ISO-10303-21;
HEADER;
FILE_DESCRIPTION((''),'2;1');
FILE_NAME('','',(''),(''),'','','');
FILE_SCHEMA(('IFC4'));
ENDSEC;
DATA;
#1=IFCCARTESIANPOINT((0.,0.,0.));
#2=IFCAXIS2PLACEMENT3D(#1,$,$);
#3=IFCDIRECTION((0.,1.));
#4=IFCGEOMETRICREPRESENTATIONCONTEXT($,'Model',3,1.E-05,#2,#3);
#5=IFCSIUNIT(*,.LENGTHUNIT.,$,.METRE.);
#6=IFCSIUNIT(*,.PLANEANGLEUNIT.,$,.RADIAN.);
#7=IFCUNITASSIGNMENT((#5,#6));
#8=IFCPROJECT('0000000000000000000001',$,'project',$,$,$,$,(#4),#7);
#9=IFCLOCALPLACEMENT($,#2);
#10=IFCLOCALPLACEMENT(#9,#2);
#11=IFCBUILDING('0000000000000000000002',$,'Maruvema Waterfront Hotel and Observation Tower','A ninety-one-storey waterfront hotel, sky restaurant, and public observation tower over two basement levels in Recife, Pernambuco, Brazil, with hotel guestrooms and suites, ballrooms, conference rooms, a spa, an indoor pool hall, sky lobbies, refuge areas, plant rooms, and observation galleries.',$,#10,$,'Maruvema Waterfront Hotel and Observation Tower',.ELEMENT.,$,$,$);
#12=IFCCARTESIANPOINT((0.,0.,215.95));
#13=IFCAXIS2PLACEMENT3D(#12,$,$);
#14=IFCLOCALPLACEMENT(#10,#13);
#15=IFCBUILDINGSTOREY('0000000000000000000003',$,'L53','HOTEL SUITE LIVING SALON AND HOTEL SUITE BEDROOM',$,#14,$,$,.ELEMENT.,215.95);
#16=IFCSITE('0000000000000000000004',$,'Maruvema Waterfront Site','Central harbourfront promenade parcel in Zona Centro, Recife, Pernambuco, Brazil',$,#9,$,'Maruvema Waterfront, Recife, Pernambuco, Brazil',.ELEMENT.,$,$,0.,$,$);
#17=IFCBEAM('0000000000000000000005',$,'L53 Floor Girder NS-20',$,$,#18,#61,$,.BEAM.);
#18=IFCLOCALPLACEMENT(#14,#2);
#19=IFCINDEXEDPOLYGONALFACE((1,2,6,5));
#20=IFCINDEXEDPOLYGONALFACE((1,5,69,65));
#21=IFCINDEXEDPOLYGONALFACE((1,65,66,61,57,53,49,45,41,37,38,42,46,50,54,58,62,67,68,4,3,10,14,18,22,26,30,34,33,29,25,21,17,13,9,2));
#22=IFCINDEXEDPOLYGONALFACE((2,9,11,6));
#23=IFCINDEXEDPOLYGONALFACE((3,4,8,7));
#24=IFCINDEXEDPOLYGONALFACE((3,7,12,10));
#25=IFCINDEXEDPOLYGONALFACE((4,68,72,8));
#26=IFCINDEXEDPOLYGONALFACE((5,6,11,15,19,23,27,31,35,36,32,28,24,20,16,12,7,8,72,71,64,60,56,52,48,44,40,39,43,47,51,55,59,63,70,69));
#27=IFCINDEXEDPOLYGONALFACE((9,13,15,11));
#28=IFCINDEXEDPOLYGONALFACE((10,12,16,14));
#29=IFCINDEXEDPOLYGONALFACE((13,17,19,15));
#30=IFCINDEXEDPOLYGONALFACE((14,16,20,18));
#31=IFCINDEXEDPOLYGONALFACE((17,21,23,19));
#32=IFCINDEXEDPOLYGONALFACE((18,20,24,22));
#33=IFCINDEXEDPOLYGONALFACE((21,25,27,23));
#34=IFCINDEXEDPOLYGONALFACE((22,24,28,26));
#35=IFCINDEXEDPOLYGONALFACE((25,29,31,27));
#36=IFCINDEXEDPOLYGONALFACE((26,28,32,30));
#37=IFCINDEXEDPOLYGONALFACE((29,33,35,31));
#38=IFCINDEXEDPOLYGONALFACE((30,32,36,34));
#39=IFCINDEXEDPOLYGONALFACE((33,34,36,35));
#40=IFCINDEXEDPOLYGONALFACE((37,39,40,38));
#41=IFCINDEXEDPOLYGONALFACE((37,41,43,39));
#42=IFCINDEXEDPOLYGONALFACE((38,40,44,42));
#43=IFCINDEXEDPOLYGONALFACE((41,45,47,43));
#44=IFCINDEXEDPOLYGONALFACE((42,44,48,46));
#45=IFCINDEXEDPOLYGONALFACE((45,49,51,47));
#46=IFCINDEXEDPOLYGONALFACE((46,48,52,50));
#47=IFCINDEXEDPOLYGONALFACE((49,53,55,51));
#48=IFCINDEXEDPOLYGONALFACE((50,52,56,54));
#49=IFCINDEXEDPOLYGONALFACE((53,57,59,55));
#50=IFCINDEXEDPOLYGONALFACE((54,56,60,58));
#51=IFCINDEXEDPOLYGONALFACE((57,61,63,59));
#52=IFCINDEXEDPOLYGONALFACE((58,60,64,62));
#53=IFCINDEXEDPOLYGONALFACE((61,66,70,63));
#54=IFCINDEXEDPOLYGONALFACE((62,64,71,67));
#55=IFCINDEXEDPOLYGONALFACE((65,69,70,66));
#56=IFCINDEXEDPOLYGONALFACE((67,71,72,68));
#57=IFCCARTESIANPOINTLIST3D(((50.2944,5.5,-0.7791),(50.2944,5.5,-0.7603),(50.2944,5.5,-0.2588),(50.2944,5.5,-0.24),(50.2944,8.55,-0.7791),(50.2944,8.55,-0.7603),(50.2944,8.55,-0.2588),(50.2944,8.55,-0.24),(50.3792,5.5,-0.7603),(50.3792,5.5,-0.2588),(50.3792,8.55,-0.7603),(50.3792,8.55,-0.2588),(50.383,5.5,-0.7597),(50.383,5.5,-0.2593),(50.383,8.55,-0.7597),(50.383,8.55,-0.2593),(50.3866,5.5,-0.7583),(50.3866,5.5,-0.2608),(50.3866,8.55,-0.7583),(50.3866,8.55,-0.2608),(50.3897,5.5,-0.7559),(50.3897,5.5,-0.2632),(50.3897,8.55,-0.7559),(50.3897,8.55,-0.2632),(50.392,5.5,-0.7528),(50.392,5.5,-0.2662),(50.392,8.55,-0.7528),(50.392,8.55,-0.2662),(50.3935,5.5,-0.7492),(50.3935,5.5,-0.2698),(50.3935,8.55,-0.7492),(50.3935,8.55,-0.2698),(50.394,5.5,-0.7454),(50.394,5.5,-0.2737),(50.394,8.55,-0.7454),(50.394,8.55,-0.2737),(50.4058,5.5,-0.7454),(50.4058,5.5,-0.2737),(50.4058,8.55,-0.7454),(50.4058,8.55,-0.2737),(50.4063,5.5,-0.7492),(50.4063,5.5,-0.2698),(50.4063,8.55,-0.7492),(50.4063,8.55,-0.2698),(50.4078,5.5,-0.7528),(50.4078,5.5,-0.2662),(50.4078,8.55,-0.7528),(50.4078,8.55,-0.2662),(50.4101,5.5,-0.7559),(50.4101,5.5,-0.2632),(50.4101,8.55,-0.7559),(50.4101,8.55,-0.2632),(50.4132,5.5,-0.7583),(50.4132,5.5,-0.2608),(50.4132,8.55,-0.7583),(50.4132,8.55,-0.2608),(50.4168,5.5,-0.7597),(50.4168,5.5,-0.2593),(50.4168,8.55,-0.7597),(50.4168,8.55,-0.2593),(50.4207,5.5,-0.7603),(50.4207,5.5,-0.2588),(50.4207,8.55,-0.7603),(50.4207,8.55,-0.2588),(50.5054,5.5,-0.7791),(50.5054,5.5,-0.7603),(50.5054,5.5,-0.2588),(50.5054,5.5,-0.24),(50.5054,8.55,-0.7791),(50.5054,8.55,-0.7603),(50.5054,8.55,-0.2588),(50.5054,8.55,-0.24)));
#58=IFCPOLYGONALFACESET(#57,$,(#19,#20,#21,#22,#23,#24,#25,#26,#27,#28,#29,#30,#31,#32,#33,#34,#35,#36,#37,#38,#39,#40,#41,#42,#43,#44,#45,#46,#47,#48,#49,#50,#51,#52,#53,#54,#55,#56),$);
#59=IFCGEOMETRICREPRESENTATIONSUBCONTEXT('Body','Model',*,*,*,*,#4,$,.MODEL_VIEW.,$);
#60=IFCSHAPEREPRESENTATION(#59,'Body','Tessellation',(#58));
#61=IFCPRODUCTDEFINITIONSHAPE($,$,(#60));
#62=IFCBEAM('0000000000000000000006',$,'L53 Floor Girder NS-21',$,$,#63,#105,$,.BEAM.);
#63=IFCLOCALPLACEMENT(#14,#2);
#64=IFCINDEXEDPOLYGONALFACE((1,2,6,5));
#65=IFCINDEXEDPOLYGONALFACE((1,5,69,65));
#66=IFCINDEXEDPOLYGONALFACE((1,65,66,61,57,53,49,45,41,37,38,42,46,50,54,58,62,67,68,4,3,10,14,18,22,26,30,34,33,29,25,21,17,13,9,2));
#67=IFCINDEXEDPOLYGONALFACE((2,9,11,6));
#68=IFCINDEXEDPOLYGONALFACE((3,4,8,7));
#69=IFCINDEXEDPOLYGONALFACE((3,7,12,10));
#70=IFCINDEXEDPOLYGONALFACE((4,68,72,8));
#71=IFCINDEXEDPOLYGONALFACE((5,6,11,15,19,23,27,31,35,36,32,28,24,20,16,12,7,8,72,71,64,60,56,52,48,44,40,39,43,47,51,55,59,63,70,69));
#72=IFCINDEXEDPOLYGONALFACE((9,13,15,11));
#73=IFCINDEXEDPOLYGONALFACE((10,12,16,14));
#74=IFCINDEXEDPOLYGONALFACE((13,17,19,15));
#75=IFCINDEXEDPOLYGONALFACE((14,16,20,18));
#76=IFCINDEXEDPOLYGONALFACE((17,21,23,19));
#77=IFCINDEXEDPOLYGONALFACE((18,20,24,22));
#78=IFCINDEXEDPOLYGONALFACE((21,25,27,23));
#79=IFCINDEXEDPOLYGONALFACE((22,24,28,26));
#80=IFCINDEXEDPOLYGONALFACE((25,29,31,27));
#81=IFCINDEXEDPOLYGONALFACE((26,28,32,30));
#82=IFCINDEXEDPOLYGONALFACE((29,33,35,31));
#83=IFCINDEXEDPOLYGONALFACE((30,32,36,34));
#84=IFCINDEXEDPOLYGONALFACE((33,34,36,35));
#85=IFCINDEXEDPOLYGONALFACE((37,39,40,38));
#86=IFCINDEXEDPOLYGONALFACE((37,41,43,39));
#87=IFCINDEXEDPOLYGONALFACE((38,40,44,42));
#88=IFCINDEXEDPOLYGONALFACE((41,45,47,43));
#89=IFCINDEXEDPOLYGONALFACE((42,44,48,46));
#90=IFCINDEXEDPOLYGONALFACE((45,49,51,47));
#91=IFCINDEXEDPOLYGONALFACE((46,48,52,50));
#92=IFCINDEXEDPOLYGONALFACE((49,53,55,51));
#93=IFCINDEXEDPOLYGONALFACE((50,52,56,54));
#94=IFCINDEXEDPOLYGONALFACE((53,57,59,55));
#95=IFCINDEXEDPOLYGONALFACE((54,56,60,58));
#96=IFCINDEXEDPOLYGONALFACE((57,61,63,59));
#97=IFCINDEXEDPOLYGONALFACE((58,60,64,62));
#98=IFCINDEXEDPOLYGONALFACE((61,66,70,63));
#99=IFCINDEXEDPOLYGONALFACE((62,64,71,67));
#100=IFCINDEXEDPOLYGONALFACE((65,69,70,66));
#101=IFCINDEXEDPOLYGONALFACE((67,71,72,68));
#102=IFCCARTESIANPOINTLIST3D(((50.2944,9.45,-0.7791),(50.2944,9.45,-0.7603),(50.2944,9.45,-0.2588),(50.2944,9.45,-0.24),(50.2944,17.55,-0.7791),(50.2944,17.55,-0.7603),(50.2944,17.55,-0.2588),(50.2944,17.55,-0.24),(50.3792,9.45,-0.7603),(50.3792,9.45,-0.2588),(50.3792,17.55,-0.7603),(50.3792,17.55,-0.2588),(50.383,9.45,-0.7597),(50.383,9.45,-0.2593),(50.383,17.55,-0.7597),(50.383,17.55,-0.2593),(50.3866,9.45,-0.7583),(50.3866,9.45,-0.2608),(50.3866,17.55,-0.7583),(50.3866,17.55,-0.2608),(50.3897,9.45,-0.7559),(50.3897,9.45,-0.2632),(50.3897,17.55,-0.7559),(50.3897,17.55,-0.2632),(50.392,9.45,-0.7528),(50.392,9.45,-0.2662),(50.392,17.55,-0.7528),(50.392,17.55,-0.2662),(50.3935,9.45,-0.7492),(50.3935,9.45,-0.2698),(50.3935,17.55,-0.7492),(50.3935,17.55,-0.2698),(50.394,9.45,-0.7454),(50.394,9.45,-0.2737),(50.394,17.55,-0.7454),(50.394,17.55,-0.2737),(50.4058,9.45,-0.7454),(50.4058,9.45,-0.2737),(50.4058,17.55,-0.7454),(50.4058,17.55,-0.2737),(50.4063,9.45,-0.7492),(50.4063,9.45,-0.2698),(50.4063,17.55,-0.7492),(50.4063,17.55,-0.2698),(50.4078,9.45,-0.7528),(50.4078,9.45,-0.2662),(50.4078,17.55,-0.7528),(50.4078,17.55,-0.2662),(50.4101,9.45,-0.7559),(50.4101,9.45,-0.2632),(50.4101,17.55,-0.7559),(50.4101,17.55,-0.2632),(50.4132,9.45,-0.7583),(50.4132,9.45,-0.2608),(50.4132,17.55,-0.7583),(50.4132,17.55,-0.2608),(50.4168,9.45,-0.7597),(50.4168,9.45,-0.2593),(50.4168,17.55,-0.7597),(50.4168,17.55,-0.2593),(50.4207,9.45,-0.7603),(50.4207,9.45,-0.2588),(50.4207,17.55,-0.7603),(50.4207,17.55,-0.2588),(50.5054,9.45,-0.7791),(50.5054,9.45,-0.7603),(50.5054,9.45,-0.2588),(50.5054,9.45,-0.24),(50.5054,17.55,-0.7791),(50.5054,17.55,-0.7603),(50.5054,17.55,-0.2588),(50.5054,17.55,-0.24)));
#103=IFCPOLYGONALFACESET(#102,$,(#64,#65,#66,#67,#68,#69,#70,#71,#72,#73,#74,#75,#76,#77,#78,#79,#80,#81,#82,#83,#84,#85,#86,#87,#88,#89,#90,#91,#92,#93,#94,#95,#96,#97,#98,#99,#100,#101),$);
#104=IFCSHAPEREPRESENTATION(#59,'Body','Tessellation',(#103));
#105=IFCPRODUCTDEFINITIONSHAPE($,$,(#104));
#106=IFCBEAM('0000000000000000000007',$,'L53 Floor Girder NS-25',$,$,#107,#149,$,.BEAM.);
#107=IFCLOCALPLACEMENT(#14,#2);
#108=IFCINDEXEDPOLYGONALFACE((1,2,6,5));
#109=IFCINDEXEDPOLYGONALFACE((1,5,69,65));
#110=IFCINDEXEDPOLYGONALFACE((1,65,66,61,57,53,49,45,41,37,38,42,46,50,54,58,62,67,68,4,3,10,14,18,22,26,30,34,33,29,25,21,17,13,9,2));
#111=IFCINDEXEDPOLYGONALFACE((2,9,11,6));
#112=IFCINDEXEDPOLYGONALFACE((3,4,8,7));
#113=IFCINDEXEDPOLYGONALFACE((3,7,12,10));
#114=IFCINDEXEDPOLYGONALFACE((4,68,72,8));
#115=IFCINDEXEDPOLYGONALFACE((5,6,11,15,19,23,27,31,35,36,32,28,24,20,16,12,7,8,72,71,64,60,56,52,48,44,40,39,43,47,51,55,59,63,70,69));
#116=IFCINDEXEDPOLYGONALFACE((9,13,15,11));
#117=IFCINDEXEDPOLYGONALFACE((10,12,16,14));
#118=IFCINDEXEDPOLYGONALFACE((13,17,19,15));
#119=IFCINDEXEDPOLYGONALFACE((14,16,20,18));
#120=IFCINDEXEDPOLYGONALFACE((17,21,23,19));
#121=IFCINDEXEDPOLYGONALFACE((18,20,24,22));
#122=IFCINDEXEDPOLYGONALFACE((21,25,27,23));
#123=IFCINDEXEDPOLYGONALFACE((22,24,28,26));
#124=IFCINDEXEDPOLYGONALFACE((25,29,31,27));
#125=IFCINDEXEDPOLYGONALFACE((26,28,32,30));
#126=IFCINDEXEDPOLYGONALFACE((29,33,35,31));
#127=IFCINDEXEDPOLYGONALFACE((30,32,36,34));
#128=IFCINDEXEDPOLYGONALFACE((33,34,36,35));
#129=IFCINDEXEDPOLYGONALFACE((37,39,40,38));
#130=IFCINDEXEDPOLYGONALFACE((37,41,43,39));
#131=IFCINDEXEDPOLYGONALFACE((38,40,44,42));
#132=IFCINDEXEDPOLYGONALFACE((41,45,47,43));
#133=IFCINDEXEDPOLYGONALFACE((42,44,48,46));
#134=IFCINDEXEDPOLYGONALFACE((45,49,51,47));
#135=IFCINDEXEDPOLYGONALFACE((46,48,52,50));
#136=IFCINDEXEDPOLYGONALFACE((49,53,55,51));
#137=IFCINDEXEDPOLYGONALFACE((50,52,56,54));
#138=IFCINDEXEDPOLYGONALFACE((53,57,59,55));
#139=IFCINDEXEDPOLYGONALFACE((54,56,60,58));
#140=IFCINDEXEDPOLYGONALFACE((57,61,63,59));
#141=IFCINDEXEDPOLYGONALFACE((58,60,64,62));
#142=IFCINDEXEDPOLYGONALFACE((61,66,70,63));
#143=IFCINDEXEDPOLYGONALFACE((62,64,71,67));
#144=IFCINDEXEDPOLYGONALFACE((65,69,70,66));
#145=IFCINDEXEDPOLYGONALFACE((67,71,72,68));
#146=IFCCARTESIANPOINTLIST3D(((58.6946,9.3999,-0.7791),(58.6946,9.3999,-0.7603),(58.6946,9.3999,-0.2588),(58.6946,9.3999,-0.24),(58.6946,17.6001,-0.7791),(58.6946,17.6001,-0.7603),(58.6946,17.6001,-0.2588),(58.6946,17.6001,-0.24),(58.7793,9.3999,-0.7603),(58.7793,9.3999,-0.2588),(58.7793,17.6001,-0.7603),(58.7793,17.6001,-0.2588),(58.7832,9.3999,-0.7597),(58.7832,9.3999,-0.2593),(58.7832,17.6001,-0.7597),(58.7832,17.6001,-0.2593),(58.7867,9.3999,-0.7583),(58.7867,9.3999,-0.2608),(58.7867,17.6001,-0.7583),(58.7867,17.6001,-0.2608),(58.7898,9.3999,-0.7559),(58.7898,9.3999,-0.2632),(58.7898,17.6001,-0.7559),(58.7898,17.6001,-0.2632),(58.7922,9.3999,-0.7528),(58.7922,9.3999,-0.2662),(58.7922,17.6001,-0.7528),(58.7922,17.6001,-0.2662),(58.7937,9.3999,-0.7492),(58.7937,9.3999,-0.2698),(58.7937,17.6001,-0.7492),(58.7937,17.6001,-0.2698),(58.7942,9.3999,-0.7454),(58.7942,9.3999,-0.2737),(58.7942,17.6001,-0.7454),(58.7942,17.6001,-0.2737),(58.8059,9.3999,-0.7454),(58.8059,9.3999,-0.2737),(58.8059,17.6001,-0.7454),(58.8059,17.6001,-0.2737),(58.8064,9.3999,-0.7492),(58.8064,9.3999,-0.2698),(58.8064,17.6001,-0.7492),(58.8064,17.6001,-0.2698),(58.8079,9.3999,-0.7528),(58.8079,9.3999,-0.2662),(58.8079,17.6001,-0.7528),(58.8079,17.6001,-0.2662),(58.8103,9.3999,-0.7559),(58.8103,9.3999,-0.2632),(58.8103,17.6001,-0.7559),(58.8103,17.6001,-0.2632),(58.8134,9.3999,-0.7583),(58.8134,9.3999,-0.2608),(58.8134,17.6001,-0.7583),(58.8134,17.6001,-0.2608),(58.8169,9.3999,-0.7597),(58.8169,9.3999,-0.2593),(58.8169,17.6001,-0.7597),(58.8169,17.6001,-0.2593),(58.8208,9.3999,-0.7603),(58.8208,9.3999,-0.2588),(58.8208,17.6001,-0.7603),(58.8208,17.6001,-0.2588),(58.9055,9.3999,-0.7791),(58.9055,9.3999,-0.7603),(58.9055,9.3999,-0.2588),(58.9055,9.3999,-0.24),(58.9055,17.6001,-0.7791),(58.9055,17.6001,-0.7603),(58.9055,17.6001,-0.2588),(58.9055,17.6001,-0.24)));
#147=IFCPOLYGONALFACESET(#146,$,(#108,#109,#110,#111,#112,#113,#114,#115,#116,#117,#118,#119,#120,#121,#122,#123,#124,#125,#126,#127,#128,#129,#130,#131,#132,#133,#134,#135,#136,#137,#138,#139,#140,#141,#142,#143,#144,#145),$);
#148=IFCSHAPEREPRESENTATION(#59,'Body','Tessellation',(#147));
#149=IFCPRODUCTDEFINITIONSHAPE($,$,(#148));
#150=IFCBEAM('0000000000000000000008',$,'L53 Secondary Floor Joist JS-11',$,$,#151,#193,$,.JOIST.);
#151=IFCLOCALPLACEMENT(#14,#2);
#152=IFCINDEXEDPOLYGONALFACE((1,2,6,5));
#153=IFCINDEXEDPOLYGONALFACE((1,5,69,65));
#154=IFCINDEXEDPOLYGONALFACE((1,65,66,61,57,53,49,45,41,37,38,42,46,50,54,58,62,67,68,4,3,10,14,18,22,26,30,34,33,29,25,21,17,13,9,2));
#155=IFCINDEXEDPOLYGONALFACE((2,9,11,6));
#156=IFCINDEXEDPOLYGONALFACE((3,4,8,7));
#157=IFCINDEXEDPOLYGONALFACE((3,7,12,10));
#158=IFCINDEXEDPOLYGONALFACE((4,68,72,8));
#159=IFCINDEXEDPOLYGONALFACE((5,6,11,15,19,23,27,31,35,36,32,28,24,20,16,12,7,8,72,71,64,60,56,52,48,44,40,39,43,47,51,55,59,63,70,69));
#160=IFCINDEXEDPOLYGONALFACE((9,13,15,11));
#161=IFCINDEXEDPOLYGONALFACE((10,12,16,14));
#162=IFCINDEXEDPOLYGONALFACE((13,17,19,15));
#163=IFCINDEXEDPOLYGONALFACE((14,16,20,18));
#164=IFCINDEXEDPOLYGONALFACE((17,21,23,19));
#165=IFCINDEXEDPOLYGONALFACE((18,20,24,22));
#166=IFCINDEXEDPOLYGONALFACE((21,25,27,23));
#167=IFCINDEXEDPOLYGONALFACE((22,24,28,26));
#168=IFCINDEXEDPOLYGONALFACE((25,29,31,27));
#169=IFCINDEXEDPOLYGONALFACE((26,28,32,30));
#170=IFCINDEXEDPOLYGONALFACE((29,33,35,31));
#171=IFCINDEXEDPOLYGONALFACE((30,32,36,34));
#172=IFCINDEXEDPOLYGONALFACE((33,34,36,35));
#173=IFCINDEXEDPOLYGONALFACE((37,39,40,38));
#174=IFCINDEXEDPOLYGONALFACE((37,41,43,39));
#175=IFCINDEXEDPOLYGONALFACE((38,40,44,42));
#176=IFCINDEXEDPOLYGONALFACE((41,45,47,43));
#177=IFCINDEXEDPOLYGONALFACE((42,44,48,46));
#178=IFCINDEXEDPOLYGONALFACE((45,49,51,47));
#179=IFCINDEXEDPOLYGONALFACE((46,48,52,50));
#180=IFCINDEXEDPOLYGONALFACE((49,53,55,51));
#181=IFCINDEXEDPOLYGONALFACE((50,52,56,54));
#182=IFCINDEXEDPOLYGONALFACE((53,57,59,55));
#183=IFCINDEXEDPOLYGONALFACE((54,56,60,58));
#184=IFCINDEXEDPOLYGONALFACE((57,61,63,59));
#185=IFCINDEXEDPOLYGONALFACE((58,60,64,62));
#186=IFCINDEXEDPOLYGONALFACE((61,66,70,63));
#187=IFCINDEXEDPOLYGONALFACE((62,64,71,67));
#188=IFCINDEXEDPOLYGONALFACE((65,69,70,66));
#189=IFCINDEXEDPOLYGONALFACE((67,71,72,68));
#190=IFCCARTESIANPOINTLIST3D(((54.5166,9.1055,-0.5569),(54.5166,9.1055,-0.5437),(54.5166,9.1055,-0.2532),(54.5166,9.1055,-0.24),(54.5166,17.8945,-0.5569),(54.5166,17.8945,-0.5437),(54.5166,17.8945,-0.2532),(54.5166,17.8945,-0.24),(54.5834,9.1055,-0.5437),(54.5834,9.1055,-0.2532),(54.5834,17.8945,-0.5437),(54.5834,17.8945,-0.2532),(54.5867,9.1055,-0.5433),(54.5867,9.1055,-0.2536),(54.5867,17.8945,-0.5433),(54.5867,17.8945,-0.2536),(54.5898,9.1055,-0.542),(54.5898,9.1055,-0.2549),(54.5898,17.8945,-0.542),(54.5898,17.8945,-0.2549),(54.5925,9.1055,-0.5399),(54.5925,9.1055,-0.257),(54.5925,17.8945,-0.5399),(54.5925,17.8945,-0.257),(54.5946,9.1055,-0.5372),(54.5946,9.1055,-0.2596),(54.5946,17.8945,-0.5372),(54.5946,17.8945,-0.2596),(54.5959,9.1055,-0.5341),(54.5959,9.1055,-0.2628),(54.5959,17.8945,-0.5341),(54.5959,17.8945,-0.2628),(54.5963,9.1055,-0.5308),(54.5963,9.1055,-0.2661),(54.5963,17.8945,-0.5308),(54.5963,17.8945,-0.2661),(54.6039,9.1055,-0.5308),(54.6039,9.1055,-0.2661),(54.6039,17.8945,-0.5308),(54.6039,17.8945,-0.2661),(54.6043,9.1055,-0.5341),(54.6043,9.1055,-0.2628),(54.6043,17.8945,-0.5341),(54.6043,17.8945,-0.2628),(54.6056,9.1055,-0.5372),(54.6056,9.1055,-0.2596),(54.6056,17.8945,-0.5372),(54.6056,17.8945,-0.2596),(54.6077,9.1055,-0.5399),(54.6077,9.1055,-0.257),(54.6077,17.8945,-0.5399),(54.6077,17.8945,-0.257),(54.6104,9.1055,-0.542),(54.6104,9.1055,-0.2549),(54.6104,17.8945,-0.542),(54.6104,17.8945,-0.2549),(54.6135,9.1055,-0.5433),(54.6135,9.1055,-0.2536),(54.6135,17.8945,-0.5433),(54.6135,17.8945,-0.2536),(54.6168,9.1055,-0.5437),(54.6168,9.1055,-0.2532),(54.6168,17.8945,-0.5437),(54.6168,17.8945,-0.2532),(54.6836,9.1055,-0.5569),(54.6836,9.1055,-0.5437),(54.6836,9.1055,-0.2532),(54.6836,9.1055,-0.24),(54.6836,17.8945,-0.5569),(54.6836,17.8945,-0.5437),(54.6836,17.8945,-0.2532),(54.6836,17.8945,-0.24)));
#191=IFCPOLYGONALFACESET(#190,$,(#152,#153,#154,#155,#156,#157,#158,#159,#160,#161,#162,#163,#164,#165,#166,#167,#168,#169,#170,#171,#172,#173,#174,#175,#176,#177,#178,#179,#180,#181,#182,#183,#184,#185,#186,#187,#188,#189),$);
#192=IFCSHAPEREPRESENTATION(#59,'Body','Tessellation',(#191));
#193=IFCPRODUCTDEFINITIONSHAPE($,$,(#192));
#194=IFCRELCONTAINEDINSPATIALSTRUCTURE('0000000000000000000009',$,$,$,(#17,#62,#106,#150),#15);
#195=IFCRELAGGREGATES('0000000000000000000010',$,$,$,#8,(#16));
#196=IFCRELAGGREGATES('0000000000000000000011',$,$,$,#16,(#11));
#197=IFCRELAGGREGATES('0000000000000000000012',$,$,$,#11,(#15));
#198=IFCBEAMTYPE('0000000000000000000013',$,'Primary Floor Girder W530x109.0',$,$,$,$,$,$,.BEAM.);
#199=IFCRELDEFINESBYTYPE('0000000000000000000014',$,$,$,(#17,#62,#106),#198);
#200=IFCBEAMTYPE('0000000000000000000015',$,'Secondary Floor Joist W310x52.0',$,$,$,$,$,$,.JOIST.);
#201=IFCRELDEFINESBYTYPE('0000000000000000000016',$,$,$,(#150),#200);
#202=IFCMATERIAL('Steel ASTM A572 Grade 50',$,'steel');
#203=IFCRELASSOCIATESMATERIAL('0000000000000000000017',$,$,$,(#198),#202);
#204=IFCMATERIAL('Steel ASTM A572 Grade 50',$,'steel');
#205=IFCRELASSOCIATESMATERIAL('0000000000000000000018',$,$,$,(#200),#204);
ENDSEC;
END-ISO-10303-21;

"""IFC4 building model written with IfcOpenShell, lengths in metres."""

from ifc_helpers import new_model, si_unit, direction, frame, origin, origin_2d, place, context, subcontext, project, spatial, i_section, extrude, material, material_profile, profile_set, type_object, element, save


model = new_model("IFC4")

# Units and contexts
model_context = context("Model", 3, precision=1e-05, world=origin(), true_north=direction((0.0, 1.0)))
body_context = subcontext(model_context, "Body", "Model", "MODEL_VIEW")
ifc_project = project(units=[si_unit("LENGTHUNIT", "METRE"), si_unit("PLANEANGLEUNIT", "RADIAN")], contexts=[model_context])

# Site, building, storey
site_placement = place(None, origin())
site = spatial("IfcSite", under=ifc_project, at=site_placement, Name="Maruvema Waterfront Site", Description="Central harbourfront promenade parcel in Zona Centro, Recife, Pernambuco, Brazil", LongName="Maruvema Waterfront, Recife, Pernambuco, Brazil", CompositionType="ELEMENT", RefElevation=0.0)
building_placement = place(site_placement, origin())
building = spatial("IfcBuilding", under=site, at=building_placement, Name="Maruvema Waterfront Hotel and Observation Tower", Description="A ninety-one-storey waterfront hotel, sky restaurant, and public observation tower over two basement levels in Recife, Pernambuco, Brazil, with hotel guestrooms and suites, ballrooms, conference rooms, a spa, an indoor pool hall, sky lobbies, refuge areas, plant rooms, and observation galleries.", LongName="Maruvema Waterfront Hotel and Observation Tower", CompositionType="ELEMENT")
storey_placement = place(building_placement, frame((0.0, 0.0, 215.95)))
storey = spatial("IfcBuildingStorey", under=building, at=storey_placement, Name="L53", Description="HOTEL SUITE LIVING SALON AND HOTEL SUITE BEDROOM", CompositionType="ELEMENT", Elevation=215.95)

# Beams
ifc_material_1 = material(Name="Steel ASTM A572 Grade 50", Category="steel")
ifc_material_profile_1 = material_profile(ifc_material_1, i_section(OverallWidth=0.2109, OverallDepth=0.5391, WebThickness=0.0117, FlangeThickness=0.0188, FilletRadius=0.0149, at=origin_2d()), Name="W530x109.0")
ifc_profile_set_1 = profile_set([ifc_material_profile_1], Name="Steel ASTM A572 Grade 50")
beam_type_1 = type_object("IfcBeamType", Name="Primary Floor Girder W530x109.0", PredefinedType="BEAM", material=ifc_profile_set_1)
beam_1_placement = place(storey_placement, frame((50.3999, 5.5, -0.5095), z_axis=(0.0, 1.0, 0.0), x_axis=(-1.0, 0.0, 0.0)))
element("IfcBeam", 1, at=beam_1_placement, inside=storey, type_object=beam_type_1, Name="L53 Floor Girder NS-20", PredefinedType="BEAM", context=body_context, shape_type="SweptSolid", body=[
    extrude(i_section(OverallWidth=0.2109, OverallDepth=0.5391, WebThickness=0.0117, FlangeThickness=0.0188, FilletRadius=0.0149, at=origin_2d()), origin(), (0.0, 0.0, 1.0), 3.05),
])
beam_2_placement = place(storey_placement, frame((50.3999, 9.45, -0.5095), z_axis=(0.0, 1.0, 0.0), x_axis=(-1.0, 0.0, 0.0)))
element("IfcBeam", 2, at=beam_2_placement, inside=storey, type_object=beam_type_1, Name="L53 Floor Girder NS-21", PredefinedType="BEAM", context=body_context, shape_type="SweptSolid", body=[
    extrude(i_section(OverallWidth=0.2109, OverallDepth=0.5391, WebThickness=0.0117, FlangeThickness=0.0188, FilletRadius=0.0149, at=origin_2d()), origin(), (0.0, 0.0, 1.0), 8.1001),
])
beam_3_placement = place(storey_placement, frame((58.8, 9.3999, -0.5095), z_axis=(0.0, 1.0, 0.0), x_axis=(-1.0, 0.0, 0.0)))
element("IfcBeam", 3, at=beam_3_placement, inside=storey, type_object=beam_type_1, Name="L53 Floor Girder NS-25", PredefinedType="BEAM", context=body_context, shape_type="SweptSolid", body=[
    extrude(i_section(OverallWidth=0.2109, OverallDepth=0.5391, WebThickness=0.0117, FlangeThickness=0.0188, FilletRadius=0.0149, at=origin_2d()), origin(), (0.0, 0.0, 1.0), 8.2002),
])
ifc_material_2 = material(Name="Steel ASTM A572 Grade 50", Category="steel")
ifc_material_profile_2 = material_profile(ifc_material_2, i_section(OverallWidth=0.167, OverallDepth=0.3169, WebThickness=0.0076, FlangeThickness=0.0132, FilletRadius=0.0129, at=origin_2d()), Name="W310x52.0")
ifc_profile_set_2 = profile_set([ifc_material_profile_2], Name="Steel ASTM A572 Grade 50")
beam_type_2 = type_object("IfcBeamType", Name="Secondary Floor Joist W310x52.0", PredefinedType="JOIST", material=ifc_profile_set_2)
beam_4_placement = place(storey_placement, frame((54.6001, 9.1055, -0.3984), z_axis=(0.0, 1.0, 0.0), x_axis=(-1.0, 0.0, 0.0)))
element("IfcBeam", 4, at=beam_4_placement, inside=storey, type_object=beam_type_2, Name="L53 Secondary Floor Joist JS-11", PredefinedType="JOIST", context=body_context, shape_type="SweptSolid", body=[
    extrude(i_section(OverallWidth=0.167, OverallDepth=0.3169, WebThickness=0.0076, FlangeThickness=0.0132, FilletRadius=0.0129, at=origin_2d()), origin(), (0.0, 0.0, 1.0), 8.7891),
])

save(model, "model.ifc")
